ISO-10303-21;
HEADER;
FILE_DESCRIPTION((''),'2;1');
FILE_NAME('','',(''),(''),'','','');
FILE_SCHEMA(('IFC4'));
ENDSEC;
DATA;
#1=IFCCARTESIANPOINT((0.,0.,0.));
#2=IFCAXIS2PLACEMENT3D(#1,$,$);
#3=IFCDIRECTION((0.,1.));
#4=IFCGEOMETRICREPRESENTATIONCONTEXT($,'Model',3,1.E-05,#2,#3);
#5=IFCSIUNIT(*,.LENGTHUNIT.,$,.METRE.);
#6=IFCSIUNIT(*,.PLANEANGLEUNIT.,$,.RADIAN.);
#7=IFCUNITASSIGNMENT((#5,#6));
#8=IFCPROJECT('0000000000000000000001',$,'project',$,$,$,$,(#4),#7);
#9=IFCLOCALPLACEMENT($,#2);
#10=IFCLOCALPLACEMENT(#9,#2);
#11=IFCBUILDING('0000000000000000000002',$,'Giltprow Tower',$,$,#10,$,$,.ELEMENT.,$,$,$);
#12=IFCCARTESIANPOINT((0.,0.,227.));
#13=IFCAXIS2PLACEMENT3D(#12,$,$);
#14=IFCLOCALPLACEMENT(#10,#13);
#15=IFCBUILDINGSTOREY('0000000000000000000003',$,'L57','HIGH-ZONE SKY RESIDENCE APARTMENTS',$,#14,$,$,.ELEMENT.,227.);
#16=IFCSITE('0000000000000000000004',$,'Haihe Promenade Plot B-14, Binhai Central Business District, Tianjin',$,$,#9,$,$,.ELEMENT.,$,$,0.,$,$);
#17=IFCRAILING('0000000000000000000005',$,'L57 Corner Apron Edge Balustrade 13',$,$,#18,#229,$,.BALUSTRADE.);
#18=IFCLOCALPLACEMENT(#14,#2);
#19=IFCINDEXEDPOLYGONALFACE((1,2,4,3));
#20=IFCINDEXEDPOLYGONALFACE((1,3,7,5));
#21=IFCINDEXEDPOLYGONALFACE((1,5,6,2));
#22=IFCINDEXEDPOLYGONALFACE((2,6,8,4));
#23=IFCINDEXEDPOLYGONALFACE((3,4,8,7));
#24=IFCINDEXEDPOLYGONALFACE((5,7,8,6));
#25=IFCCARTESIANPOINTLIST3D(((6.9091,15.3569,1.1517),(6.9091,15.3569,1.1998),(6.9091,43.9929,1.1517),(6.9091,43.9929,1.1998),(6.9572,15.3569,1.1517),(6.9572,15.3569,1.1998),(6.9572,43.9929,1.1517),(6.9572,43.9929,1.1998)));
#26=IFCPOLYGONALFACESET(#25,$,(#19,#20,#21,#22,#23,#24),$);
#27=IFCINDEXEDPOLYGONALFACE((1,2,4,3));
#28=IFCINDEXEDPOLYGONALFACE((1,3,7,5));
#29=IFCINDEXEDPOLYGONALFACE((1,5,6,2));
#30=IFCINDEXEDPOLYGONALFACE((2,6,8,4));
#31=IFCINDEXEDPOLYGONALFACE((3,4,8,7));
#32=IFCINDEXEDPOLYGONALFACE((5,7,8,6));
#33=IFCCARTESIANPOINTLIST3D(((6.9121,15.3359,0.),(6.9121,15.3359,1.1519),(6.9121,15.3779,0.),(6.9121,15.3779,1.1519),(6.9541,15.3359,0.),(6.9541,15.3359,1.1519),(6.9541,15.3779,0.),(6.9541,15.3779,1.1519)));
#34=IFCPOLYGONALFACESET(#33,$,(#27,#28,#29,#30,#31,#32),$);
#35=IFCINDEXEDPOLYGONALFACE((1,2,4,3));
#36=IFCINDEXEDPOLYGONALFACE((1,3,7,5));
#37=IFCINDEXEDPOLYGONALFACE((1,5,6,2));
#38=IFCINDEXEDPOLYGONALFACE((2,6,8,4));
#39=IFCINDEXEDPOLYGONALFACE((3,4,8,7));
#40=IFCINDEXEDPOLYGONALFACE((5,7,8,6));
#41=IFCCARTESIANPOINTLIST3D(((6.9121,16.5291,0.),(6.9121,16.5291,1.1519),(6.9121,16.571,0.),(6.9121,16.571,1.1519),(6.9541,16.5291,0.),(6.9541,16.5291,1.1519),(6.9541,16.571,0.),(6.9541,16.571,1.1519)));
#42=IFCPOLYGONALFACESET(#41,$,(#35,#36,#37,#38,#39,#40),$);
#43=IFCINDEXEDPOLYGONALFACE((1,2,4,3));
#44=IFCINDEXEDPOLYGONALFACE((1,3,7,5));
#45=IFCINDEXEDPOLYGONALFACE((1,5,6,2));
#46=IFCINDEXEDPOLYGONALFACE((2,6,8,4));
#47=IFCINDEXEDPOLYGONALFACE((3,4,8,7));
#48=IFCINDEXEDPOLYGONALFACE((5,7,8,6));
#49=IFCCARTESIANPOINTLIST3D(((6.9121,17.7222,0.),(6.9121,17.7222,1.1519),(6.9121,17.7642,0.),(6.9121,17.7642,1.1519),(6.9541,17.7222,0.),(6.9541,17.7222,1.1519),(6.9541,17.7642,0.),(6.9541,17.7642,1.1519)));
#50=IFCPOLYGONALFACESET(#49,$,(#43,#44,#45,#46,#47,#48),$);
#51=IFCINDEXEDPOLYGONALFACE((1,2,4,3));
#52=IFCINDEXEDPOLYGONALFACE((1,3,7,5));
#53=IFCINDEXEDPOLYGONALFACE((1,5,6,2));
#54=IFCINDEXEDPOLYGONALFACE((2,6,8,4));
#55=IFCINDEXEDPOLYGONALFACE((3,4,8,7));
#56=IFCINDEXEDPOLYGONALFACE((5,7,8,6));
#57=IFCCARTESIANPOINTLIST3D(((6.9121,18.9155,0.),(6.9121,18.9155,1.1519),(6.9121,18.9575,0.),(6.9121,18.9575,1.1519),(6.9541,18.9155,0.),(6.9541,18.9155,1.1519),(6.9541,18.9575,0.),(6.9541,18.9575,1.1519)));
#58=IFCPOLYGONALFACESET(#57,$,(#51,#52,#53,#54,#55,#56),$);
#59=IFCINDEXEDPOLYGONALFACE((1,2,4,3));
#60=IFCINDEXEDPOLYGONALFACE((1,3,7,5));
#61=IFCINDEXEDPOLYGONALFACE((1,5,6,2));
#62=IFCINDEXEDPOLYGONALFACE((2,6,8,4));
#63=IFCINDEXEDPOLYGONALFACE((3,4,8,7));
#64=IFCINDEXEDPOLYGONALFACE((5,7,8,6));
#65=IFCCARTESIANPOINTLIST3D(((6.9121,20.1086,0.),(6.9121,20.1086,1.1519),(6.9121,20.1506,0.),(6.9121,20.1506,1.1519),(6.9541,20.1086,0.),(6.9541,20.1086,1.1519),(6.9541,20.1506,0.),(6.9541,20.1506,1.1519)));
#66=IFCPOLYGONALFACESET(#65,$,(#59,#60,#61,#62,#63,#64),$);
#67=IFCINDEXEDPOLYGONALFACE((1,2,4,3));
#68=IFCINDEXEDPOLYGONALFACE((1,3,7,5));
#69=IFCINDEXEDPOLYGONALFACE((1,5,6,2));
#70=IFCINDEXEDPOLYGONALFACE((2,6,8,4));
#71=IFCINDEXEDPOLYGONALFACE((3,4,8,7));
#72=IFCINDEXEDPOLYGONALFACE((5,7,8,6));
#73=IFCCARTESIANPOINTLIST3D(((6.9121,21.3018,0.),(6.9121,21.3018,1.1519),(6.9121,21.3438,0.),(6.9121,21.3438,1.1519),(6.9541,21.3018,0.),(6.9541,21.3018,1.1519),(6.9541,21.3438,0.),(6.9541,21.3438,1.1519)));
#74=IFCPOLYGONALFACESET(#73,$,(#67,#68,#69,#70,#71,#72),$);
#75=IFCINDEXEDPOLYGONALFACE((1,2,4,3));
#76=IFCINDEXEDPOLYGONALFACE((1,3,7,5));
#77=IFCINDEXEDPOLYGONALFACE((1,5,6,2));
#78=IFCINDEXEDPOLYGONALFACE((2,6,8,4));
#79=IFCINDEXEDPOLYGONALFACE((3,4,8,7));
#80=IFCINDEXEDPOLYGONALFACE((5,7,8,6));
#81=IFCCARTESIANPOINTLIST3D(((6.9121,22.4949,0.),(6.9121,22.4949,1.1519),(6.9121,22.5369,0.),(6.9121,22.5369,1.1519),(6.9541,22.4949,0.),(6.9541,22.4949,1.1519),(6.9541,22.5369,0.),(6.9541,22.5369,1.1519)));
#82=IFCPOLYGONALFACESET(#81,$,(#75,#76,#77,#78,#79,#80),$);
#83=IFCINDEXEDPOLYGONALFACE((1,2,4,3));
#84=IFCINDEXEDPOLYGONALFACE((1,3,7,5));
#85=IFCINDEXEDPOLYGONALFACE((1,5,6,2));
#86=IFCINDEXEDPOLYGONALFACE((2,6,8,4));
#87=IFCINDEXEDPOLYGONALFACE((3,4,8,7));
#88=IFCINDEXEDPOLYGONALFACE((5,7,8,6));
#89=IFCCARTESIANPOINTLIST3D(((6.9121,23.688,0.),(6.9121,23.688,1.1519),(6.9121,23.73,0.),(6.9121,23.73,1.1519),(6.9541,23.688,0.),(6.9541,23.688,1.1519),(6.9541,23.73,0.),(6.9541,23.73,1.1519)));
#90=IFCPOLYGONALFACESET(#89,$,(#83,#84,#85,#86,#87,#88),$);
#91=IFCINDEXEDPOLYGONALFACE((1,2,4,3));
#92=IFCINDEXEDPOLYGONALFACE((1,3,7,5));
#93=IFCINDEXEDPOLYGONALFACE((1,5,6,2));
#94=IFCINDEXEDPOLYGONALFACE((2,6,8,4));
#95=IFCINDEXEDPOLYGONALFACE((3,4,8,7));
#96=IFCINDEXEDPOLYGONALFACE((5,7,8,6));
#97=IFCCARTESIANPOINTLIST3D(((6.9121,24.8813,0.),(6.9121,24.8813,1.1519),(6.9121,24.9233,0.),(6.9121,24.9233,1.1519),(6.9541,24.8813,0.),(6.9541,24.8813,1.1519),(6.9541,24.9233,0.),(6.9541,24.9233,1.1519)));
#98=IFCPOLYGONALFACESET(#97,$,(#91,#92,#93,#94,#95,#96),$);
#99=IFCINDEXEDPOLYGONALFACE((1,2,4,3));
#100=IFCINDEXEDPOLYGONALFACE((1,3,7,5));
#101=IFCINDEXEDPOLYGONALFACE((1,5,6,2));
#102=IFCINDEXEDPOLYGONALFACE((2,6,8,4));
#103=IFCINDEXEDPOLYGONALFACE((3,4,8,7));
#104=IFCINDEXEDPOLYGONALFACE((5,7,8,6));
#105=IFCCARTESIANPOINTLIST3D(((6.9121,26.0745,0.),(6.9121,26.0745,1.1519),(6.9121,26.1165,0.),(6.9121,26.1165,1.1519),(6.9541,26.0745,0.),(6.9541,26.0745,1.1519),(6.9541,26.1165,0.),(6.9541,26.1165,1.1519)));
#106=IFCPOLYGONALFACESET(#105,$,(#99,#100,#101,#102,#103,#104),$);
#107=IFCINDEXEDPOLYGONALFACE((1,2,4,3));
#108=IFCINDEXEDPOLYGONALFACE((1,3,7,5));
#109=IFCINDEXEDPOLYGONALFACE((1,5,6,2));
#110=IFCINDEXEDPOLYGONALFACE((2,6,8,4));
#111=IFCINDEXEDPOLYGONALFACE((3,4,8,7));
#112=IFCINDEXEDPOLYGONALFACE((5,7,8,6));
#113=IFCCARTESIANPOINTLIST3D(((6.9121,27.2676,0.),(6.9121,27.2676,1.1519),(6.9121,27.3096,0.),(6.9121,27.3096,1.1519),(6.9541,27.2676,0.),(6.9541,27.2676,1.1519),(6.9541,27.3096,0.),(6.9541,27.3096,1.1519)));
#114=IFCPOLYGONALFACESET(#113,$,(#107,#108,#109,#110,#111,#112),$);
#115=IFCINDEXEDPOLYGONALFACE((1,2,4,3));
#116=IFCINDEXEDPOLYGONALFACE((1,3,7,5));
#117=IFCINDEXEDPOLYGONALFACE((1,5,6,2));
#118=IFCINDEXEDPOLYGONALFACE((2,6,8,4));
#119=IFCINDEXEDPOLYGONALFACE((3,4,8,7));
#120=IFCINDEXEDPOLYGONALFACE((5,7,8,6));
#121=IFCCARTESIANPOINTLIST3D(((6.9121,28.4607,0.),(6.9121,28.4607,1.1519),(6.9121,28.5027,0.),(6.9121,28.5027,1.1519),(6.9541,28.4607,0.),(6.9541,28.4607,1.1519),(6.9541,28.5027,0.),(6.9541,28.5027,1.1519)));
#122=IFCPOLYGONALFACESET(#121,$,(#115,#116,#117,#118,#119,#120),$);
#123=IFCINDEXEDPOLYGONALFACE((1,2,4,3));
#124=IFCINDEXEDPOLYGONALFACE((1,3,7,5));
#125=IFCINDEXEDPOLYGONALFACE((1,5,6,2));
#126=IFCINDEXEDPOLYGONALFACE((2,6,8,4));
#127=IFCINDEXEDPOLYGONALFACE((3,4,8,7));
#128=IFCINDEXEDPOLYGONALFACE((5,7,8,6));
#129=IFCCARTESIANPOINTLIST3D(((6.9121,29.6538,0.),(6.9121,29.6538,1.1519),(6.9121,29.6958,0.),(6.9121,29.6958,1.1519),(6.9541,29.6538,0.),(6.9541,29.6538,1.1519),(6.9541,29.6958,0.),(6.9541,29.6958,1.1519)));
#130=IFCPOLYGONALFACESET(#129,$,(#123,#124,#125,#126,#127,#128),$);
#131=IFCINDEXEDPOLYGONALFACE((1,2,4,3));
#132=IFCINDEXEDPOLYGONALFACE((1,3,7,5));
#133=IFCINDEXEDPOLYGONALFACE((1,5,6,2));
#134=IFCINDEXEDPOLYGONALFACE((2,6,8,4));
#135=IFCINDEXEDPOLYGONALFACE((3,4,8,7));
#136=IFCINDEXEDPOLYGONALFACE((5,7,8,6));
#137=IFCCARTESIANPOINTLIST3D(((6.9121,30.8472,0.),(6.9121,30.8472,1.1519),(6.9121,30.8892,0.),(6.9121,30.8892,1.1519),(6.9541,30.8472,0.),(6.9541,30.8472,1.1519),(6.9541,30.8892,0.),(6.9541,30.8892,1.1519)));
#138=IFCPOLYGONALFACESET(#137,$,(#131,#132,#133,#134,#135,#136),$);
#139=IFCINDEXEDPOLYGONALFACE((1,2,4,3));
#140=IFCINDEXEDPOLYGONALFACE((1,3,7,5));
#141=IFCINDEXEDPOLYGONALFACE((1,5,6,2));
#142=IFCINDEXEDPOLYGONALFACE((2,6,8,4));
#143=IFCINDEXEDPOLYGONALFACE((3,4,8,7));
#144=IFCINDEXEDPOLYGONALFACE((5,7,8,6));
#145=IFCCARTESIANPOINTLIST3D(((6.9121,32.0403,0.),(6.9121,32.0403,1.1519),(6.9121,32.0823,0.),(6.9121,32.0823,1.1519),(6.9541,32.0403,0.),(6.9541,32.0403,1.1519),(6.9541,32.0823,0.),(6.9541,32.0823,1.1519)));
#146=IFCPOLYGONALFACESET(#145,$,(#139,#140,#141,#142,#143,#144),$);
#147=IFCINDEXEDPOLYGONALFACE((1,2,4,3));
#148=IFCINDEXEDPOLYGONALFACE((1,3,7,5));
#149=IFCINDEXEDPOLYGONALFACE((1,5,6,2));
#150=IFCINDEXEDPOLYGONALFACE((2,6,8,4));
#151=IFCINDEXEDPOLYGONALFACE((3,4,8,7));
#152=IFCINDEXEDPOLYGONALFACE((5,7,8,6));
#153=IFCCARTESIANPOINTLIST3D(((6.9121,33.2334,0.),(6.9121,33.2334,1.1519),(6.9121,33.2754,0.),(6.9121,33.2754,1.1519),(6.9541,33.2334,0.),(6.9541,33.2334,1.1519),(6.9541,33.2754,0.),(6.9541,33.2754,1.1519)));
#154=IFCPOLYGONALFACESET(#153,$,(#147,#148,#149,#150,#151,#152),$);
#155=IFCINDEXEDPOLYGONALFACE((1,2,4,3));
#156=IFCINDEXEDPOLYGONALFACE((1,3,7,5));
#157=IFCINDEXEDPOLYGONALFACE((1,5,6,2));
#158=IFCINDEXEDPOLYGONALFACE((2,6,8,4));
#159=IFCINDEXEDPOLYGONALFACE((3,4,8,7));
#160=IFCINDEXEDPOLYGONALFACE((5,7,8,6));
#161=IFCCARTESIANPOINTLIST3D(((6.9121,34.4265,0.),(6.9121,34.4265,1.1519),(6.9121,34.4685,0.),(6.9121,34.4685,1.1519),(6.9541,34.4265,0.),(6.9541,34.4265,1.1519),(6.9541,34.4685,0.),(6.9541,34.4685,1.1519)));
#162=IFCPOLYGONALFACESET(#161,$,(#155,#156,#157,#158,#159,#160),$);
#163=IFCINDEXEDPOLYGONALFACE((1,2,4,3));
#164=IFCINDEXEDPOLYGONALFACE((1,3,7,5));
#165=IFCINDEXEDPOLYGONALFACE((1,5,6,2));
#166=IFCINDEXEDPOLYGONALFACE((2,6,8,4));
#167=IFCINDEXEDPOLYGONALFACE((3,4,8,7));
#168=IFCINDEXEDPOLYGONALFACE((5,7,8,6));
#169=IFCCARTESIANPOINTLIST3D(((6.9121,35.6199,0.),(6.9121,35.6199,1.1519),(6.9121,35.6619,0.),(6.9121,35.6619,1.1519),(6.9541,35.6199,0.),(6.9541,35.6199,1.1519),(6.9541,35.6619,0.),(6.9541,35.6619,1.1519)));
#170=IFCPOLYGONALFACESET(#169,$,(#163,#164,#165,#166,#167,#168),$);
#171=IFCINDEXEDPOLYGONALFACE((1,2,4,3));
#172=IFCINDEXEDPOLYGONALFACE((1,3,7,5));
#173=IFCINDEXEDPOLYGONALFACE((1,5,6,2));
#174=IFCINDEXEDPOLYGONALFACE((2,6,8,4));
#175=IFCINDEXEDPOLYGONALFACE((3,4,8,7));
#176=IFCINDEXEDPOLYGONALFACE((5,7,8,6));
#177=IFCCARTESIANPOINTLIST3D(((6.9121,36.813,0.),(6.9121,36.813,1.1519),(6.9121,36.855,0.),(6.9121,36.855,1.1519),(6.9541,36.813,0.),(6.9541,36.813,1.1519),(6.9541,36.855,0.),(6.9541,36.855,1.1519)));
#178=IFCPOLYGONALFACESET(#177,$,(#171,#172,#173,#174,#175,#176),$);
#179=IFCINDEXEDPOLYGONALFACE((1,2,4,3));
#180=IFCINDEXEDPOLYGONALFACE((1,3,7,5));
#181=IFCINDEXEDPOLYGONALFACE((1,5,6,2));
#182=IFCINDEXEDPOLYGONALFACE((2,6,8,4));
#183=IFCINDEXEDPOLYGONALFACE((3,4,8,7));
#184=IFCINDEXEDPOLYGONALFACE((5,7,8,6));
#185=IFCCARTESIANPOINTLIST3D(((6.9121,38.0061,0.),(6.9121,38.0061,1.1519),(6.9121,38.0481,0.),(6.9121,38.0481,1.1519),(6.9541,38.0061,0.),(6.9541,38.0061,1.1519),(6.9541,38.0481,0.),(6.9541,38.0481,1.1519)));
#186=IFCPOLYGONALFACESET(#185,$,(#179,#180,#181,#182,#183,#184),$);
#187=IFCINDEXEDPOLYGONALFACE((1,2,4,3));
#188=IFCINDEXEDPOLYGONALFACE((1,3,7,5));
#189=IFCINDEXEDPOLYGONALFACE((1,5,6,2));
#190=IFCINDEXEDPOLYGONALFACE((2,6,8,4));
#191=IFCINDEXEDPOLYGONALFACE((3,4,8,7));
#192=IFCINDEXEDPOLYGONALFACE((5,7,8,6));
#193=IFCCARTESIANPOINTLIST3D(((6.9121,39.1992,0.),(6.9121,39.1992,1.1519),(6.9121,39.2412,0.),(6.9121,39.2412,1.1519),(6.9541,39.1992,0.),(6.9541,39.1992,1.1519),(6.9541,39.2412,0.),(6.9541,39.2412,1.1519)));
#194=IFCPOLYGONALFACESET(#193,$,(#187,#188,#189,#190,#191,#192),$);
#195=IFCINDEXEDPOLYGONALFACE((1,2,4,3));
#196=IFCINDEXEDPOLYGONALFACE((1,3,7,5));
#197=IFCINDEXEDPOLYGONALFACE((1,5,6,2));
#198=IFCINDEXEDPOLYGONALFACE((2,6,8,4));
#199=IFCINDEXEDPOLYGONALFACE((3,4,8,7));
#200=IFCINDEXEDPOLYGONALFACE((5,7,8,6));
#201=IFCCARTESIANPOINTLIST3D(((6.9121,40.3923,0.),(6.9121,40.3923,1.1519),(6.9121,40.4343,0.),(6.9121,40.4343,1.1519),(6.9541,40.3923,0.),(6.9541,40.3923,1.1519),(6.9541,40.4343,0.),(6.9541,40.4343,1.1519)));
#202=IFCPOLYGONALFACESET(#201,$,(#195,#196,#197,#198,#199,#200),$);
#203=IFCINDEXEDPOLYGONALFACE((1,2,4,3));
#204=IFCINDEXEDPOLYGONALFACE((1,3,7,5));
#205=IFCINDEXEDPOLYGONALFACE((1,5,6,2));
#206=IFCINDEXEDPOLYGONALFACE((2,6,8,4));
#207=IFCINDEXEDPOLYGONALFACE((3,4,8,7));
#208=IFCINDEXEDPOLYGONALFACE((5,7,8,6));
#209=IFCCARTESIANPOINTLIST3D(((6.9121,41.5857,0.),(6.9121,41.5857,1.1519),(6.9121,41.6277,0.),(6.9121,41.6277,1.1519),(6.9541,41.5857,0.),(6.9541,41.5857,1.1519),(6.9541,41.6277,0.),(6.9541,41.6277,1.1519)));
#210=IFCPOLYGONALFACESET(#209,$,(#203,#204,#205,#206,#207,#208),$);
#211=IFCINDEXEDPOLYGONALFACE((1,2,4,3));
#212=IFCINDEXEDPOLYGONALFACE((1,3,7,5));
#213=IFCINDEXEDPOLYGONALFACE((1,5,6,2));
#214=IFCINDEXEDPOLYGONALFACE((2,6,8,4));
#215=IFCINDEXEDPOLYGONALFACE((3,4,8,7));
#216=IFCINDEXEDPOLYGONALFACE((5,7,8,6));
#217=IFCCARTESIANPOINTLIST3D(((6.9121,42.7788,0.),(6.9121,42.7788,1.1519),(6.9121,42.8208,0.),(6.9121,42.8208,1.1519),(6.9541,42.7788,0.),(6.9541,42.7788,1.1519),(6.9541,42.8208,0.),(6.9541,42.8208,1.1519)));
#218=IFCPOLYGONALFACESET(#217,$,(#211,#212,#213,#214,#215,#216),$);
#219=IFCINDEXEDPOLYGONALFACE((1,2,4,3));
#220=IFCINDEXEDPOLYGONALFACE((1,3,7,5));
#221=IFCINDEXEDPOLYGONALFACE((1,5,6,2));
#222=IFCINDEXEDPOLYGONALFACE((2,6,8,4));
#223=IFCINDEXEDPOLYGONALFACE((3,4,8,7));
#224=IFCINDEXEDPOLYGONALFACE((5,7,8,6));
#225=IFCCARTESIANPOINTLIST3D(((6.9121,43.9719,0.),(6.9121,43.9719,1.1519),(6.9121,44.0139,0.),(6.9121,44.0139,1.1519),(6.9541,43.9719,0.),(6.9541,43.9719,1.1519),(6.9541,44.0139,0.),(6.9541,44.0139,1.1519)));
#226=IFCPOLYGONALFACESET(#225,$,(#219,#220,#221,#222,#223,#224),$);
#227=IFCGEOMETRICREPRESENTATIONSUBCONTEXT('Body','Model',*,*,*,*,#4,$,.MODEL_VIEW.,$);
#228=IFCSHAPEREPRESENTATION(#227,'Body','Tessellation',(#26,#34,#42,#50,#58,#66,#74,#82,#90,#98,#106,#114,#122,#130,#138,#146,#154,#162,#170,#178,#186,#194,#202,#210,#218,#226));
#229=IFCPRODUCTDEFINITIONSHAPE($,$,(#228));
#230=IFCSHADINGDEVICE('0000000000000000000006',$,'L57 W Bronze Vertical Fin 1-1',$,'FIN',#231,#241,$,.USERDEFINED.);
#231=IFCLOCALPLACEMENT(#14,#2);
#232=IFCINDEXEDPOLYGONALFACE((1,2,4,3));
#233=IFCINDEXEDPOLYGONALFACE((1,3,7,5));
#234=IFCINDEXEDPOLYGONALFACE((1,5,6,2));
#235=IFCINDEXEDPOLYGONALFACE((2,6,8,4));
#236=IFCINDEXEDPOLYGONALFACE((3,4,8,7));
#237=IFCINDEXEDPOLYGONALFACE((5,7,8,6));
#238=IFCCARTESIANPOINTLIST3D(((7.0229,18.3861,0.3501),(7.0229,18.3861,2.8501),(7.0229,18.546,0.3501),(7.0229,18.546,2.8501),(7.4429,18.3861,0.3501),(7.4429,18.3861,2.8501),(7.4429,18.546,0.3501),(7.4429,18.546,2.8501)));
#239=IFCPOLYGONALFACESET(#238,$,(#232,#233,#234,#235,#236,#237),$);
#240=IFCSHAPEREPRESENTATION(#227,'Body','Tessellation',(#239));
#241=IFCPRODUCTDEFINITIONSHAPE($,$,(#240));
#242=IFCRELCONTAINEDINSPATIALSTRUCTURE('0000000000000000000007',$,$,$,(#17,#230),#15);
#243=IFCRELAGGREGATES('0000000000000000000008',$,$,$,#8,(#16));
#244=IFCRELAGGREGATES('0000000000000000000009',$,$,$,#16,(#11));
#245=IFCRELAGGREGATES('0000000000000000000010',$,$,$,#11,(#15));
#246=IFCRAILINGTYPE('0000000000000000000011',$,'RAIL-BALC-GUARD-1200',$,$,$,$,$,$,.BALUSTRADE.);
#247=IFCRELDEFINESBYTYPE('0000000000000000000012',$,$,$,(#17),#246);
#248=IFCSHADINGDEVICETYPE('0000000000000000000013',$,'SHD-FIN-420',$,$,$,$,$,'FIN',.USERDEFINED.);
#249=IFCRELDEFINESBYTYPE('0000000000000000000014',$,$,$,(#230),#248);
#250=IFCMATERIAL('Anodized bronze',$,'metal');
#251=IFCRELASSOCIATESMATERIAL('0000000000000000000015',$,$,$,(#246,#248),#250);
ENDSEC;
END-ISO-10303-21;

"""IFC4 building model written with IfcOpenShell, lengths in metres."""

from ifc_helpers import new_model, si_unit, direction, frame, origin, origin_2d, place, context, subcontext, project, spatial, rectangle, extrude, source, transform, mapped, material, type_object, element, save


model = new_model("IFC4")

# Units and contexts
model_context = context("Model", 3, precision=1e-05, world=origin(), true_north=direction((0.0, 1.0)))
body_context = subcontext(model_context, "Body", "Model", "MODEL_VIEW")
ifc_project = project(units=[si_unit("LENGTHUNIT", "METRE"), si_unit("PLANEANGLEUNIT", "RADIAN")], contexts=[model_context])

# Site, building, storey
site_placement = place(None, origin())
site = spatial("IfcSite", under=ifc_project, at=site_placement, Name="Haihe Promenade Plot B-14, Binhai Central Business District, Tianjin", CompositionType="ELEMENT", RefElevation=0.0)
building_placement = place(site_placement, origin())
building = spatial("IfcBuilding", under=site, at=building_placement, Name="Giltprow Tower", CompositionType="ELEMENT")
storey_placement = place(building_placement, frame((0.0, 0.0, 227.0)))
storey = spatial("IfcBuildingStorey", under=building, at=storey_placement, Name="L57", Description="HIGH-ZONE SKY RESIDENCE APARTMENTS", CompositionType="ELEMENT", Elevation=227.0)

# Shared definitions
ifc_material_1 = material(Name="Anodized bronze", Category="metal")

# Railing
railing_type = type_object("IfcRailingType", Name="RAIL-BALC-GUARD-1200", PredefinedType="BALUSTRADE", material=ifc_material_1)
railing_1_placement = place(storey_placement, frame((6.9331, 15.3569, 0.0)))
element("IfcRailing", 1, at=railing_1_placement, inside=storey, type_object=railing_type, Name="L57 Corner Apron Edge Balustrade 13", PredefinedType="BALUSTRADE", context=body_context, shape_type="SweptSolid", body=[
    extrude(rectangle(XDim=0.0481, YDim=0.0481, at=origin_2d()), frame((0.0, 0.0, 1.1758), z_axis=(0.0, 1.0, 0.0), x_axis=(-1.0, 0.0, 0.0)), (0.0, 0.0, 1.0), 28.636),
    extrude(rectangle(XDim=0.042, YDim=0.042, at=origin_2d()), origin(), (0.0, 0.0, 1.0), 1.1519),
    extrude(rectangle(XDim=0.042, YDim=0.042, at=origin_2d()), frame((0.0, 1.1931, 0.0)), (0.0, 0.0, 1.0), 1.1519),
    extrude(rectangle(XDim=0.042, YDim=0.042, at=origin_2d()), frame((0.0, 2.3862, 0.0)), (0.0, 0.0, 1.0), 1.1519),
    extrude(rectangle(XDim=0.042, YDim=0.042, at=origin_2d()), frame((0.0, 3.5796, 0.0)), (0.0, 0.0, 1.0), 1.1519),
    extrude(rectangle(XDim=0.042, YDim=0.042, at=origin_2d()), frame((0.0, 4.7727, 0.0)), (0.0, 0.0, 1.0), 1.1519),
    extrude(rectangle(XDim=0.042, YDim=0.042, at=origin_2d()), frame((0.0, 5.9658, 0.0)), (0.0, 0.0, 1.0), 1.1519),
    extrude(rectangle(XDim=0.042, YDim=0.042, at=origin_2d()), frame((0.0, 7.1589, 0.0)), (0.0, 0.0, 1.0), 1.1519),
    extrude(rectangle(XDim=0.042, YDim=0.042, at=origin_2d()), frame((0.0, 8.3521, 0.0)), (0.0, 0.0, 1.0), 1.1519),
    extrude(rectangle(XDim=0.042, YDim=0.042, at=origin_2d()), frame((0.0, 9.5454, 0.0)), (0.0, 0.0, 1.0), 1.1519),
    extrude(rectangle(XDim=0.042, YDim=0.042, at=origin_2d()), frame((0.0, 10.7385, 0.0)), (0.0, 0.0, 1.0), 1.1519),
    extrude(rectangle(XDim=0.042, YDim=0.042, at=origin_2d()), frame((0.0, 11.9316, 0.0)), (0.0, 0.0, 1.0), 1.1519),
    extrude(rectangle(XDim=0.042, YDim=0.042, at=origin_2d()), frame((0.0, 13.1248, 0.0)), (0.0, 0.0, 1.0), 1.1519),
    extrude(rectangle(XDim=0.042, YDim=0.042, at=origin_2d()), frame((0.0, 14.3179, 0.0)), (0.0, 0.0, 1.0), 1.1519),
    extrude(rectangle(XDim=0.042, YDim=0.042, at=origin_2d()), frame((0.0, 15.5112, 0.0)), (0.0, 0.0, 1.0), 1.1519),
    extrude(rectangle(XDim=0.042, YDim=0.042, at=origin_2d()), frame((0.0, 16.7043, 0.0)), (0.0, 0.0, 1.0), 1.1519),
    extrude(rectangle(XDim=0.042, YDim=0.042, at=origin_2d()), frame((0.0, 17.8975, 0.0)), (0.0, 0.0, 1.0), 1.1519),
    extrude(rectangle(XDim=0.042, YDim=0.042, at=origin_2d()), frame((0.0, 19.0906, 0.0)), (0.0, 0.0, 1.0), 1.1519),
    extrude(rectangle(XDim=0.042, YDim=0.042, at=origin_2d()), frame((0.0, 20.2839, 0.0)), (0.0, 0.0, 1.0), 1.1519),
    extrude(rectangle(XDim=0.042, YDim=0.042, at=origin_2d()), frame((0.0, 21.4771, 0.0)), (0.0, 0.0, 1.0), 1.1519),
    extrude(rectangle(XDim=0.042, YDim=0.042, at=origin_2d()), frame((0.0, 22.6702, 0.0)), (0.0, 0.0, 1.0), 1.1519),
    extrude(rectangle(XDim=0.042, YDim=0.042, at=origin_2d()), frame((0.0, 23.8633, 0.0)), (0.0, 0.0, 1.0), 1.1519),
    extrude(rectangle(XDim=0.042, YDim=0.042, at=origin_2d()), frame((0.0, 25.0564, 0.0)), (0.0, 0.0, 1.0), 1.1519),
    extrude(rectangle(XDim=0.042, YDim=0.042, at=origin_2d()), frame((0.0, 26.2498, 0.0)), (0.0, 0.0, 1.0), 1.1519),
    extrude(rectangle(XDim=0.042, YDim=0.042, at=origin_2d()), frame((0.0, 27.4429, 0.0)), (0.0, 0.0, 1.0), 1.1519),
    extrude(rectangle(XDim=0.042, YDim=0.042, at=origin_2d()), frame((0.0, 28.636, 0.0)), (0.0, 0.0, 1.0), 1.1519),
])

# Shading device
shading_device_type = type_object("IfcShadingDeviceType", Name="SHD-FIN-420", ElementType="FIN", PredefinedType="USERDEFINED", material=ifc_material_1)
shared_shape_1 = source(origin(), body_context, "Body", "SweptSolid", [
    extrude(rectangle(XDim=0.4199, YDim=0.1599, at=origin_2d()), origin(), (0.0, 0.0, 1.0), 2.5),
])
shading_device_placement = place(storey_placement, frame((7.2329, 18.4661, 0.3501), z_axis=(0.0, 0.0, 1.0), x_axis=(1.0, 0.0, 0.0)))
element("IfcShadingDevice", 2, at=shading_device_placement, inside=storey, type_object=shading_device_type, Name="L57 W Bronze Vertical Fin 1-1", ObjectType="FIN", PredefinedType="USERDEFINED", context=body_context, shape_type="MappedRepresentation", body=[
    mapped(shared_shape_1, transform((0.0, 0.0, 0.0), x_axis=(1.0, 0.0, 0.0), y_axis=(0.0, 1.0, 0.0), z_axis=(0.0, 0.0, 1.0), scale=1.0)),
])

save(model, "model.ifc")
